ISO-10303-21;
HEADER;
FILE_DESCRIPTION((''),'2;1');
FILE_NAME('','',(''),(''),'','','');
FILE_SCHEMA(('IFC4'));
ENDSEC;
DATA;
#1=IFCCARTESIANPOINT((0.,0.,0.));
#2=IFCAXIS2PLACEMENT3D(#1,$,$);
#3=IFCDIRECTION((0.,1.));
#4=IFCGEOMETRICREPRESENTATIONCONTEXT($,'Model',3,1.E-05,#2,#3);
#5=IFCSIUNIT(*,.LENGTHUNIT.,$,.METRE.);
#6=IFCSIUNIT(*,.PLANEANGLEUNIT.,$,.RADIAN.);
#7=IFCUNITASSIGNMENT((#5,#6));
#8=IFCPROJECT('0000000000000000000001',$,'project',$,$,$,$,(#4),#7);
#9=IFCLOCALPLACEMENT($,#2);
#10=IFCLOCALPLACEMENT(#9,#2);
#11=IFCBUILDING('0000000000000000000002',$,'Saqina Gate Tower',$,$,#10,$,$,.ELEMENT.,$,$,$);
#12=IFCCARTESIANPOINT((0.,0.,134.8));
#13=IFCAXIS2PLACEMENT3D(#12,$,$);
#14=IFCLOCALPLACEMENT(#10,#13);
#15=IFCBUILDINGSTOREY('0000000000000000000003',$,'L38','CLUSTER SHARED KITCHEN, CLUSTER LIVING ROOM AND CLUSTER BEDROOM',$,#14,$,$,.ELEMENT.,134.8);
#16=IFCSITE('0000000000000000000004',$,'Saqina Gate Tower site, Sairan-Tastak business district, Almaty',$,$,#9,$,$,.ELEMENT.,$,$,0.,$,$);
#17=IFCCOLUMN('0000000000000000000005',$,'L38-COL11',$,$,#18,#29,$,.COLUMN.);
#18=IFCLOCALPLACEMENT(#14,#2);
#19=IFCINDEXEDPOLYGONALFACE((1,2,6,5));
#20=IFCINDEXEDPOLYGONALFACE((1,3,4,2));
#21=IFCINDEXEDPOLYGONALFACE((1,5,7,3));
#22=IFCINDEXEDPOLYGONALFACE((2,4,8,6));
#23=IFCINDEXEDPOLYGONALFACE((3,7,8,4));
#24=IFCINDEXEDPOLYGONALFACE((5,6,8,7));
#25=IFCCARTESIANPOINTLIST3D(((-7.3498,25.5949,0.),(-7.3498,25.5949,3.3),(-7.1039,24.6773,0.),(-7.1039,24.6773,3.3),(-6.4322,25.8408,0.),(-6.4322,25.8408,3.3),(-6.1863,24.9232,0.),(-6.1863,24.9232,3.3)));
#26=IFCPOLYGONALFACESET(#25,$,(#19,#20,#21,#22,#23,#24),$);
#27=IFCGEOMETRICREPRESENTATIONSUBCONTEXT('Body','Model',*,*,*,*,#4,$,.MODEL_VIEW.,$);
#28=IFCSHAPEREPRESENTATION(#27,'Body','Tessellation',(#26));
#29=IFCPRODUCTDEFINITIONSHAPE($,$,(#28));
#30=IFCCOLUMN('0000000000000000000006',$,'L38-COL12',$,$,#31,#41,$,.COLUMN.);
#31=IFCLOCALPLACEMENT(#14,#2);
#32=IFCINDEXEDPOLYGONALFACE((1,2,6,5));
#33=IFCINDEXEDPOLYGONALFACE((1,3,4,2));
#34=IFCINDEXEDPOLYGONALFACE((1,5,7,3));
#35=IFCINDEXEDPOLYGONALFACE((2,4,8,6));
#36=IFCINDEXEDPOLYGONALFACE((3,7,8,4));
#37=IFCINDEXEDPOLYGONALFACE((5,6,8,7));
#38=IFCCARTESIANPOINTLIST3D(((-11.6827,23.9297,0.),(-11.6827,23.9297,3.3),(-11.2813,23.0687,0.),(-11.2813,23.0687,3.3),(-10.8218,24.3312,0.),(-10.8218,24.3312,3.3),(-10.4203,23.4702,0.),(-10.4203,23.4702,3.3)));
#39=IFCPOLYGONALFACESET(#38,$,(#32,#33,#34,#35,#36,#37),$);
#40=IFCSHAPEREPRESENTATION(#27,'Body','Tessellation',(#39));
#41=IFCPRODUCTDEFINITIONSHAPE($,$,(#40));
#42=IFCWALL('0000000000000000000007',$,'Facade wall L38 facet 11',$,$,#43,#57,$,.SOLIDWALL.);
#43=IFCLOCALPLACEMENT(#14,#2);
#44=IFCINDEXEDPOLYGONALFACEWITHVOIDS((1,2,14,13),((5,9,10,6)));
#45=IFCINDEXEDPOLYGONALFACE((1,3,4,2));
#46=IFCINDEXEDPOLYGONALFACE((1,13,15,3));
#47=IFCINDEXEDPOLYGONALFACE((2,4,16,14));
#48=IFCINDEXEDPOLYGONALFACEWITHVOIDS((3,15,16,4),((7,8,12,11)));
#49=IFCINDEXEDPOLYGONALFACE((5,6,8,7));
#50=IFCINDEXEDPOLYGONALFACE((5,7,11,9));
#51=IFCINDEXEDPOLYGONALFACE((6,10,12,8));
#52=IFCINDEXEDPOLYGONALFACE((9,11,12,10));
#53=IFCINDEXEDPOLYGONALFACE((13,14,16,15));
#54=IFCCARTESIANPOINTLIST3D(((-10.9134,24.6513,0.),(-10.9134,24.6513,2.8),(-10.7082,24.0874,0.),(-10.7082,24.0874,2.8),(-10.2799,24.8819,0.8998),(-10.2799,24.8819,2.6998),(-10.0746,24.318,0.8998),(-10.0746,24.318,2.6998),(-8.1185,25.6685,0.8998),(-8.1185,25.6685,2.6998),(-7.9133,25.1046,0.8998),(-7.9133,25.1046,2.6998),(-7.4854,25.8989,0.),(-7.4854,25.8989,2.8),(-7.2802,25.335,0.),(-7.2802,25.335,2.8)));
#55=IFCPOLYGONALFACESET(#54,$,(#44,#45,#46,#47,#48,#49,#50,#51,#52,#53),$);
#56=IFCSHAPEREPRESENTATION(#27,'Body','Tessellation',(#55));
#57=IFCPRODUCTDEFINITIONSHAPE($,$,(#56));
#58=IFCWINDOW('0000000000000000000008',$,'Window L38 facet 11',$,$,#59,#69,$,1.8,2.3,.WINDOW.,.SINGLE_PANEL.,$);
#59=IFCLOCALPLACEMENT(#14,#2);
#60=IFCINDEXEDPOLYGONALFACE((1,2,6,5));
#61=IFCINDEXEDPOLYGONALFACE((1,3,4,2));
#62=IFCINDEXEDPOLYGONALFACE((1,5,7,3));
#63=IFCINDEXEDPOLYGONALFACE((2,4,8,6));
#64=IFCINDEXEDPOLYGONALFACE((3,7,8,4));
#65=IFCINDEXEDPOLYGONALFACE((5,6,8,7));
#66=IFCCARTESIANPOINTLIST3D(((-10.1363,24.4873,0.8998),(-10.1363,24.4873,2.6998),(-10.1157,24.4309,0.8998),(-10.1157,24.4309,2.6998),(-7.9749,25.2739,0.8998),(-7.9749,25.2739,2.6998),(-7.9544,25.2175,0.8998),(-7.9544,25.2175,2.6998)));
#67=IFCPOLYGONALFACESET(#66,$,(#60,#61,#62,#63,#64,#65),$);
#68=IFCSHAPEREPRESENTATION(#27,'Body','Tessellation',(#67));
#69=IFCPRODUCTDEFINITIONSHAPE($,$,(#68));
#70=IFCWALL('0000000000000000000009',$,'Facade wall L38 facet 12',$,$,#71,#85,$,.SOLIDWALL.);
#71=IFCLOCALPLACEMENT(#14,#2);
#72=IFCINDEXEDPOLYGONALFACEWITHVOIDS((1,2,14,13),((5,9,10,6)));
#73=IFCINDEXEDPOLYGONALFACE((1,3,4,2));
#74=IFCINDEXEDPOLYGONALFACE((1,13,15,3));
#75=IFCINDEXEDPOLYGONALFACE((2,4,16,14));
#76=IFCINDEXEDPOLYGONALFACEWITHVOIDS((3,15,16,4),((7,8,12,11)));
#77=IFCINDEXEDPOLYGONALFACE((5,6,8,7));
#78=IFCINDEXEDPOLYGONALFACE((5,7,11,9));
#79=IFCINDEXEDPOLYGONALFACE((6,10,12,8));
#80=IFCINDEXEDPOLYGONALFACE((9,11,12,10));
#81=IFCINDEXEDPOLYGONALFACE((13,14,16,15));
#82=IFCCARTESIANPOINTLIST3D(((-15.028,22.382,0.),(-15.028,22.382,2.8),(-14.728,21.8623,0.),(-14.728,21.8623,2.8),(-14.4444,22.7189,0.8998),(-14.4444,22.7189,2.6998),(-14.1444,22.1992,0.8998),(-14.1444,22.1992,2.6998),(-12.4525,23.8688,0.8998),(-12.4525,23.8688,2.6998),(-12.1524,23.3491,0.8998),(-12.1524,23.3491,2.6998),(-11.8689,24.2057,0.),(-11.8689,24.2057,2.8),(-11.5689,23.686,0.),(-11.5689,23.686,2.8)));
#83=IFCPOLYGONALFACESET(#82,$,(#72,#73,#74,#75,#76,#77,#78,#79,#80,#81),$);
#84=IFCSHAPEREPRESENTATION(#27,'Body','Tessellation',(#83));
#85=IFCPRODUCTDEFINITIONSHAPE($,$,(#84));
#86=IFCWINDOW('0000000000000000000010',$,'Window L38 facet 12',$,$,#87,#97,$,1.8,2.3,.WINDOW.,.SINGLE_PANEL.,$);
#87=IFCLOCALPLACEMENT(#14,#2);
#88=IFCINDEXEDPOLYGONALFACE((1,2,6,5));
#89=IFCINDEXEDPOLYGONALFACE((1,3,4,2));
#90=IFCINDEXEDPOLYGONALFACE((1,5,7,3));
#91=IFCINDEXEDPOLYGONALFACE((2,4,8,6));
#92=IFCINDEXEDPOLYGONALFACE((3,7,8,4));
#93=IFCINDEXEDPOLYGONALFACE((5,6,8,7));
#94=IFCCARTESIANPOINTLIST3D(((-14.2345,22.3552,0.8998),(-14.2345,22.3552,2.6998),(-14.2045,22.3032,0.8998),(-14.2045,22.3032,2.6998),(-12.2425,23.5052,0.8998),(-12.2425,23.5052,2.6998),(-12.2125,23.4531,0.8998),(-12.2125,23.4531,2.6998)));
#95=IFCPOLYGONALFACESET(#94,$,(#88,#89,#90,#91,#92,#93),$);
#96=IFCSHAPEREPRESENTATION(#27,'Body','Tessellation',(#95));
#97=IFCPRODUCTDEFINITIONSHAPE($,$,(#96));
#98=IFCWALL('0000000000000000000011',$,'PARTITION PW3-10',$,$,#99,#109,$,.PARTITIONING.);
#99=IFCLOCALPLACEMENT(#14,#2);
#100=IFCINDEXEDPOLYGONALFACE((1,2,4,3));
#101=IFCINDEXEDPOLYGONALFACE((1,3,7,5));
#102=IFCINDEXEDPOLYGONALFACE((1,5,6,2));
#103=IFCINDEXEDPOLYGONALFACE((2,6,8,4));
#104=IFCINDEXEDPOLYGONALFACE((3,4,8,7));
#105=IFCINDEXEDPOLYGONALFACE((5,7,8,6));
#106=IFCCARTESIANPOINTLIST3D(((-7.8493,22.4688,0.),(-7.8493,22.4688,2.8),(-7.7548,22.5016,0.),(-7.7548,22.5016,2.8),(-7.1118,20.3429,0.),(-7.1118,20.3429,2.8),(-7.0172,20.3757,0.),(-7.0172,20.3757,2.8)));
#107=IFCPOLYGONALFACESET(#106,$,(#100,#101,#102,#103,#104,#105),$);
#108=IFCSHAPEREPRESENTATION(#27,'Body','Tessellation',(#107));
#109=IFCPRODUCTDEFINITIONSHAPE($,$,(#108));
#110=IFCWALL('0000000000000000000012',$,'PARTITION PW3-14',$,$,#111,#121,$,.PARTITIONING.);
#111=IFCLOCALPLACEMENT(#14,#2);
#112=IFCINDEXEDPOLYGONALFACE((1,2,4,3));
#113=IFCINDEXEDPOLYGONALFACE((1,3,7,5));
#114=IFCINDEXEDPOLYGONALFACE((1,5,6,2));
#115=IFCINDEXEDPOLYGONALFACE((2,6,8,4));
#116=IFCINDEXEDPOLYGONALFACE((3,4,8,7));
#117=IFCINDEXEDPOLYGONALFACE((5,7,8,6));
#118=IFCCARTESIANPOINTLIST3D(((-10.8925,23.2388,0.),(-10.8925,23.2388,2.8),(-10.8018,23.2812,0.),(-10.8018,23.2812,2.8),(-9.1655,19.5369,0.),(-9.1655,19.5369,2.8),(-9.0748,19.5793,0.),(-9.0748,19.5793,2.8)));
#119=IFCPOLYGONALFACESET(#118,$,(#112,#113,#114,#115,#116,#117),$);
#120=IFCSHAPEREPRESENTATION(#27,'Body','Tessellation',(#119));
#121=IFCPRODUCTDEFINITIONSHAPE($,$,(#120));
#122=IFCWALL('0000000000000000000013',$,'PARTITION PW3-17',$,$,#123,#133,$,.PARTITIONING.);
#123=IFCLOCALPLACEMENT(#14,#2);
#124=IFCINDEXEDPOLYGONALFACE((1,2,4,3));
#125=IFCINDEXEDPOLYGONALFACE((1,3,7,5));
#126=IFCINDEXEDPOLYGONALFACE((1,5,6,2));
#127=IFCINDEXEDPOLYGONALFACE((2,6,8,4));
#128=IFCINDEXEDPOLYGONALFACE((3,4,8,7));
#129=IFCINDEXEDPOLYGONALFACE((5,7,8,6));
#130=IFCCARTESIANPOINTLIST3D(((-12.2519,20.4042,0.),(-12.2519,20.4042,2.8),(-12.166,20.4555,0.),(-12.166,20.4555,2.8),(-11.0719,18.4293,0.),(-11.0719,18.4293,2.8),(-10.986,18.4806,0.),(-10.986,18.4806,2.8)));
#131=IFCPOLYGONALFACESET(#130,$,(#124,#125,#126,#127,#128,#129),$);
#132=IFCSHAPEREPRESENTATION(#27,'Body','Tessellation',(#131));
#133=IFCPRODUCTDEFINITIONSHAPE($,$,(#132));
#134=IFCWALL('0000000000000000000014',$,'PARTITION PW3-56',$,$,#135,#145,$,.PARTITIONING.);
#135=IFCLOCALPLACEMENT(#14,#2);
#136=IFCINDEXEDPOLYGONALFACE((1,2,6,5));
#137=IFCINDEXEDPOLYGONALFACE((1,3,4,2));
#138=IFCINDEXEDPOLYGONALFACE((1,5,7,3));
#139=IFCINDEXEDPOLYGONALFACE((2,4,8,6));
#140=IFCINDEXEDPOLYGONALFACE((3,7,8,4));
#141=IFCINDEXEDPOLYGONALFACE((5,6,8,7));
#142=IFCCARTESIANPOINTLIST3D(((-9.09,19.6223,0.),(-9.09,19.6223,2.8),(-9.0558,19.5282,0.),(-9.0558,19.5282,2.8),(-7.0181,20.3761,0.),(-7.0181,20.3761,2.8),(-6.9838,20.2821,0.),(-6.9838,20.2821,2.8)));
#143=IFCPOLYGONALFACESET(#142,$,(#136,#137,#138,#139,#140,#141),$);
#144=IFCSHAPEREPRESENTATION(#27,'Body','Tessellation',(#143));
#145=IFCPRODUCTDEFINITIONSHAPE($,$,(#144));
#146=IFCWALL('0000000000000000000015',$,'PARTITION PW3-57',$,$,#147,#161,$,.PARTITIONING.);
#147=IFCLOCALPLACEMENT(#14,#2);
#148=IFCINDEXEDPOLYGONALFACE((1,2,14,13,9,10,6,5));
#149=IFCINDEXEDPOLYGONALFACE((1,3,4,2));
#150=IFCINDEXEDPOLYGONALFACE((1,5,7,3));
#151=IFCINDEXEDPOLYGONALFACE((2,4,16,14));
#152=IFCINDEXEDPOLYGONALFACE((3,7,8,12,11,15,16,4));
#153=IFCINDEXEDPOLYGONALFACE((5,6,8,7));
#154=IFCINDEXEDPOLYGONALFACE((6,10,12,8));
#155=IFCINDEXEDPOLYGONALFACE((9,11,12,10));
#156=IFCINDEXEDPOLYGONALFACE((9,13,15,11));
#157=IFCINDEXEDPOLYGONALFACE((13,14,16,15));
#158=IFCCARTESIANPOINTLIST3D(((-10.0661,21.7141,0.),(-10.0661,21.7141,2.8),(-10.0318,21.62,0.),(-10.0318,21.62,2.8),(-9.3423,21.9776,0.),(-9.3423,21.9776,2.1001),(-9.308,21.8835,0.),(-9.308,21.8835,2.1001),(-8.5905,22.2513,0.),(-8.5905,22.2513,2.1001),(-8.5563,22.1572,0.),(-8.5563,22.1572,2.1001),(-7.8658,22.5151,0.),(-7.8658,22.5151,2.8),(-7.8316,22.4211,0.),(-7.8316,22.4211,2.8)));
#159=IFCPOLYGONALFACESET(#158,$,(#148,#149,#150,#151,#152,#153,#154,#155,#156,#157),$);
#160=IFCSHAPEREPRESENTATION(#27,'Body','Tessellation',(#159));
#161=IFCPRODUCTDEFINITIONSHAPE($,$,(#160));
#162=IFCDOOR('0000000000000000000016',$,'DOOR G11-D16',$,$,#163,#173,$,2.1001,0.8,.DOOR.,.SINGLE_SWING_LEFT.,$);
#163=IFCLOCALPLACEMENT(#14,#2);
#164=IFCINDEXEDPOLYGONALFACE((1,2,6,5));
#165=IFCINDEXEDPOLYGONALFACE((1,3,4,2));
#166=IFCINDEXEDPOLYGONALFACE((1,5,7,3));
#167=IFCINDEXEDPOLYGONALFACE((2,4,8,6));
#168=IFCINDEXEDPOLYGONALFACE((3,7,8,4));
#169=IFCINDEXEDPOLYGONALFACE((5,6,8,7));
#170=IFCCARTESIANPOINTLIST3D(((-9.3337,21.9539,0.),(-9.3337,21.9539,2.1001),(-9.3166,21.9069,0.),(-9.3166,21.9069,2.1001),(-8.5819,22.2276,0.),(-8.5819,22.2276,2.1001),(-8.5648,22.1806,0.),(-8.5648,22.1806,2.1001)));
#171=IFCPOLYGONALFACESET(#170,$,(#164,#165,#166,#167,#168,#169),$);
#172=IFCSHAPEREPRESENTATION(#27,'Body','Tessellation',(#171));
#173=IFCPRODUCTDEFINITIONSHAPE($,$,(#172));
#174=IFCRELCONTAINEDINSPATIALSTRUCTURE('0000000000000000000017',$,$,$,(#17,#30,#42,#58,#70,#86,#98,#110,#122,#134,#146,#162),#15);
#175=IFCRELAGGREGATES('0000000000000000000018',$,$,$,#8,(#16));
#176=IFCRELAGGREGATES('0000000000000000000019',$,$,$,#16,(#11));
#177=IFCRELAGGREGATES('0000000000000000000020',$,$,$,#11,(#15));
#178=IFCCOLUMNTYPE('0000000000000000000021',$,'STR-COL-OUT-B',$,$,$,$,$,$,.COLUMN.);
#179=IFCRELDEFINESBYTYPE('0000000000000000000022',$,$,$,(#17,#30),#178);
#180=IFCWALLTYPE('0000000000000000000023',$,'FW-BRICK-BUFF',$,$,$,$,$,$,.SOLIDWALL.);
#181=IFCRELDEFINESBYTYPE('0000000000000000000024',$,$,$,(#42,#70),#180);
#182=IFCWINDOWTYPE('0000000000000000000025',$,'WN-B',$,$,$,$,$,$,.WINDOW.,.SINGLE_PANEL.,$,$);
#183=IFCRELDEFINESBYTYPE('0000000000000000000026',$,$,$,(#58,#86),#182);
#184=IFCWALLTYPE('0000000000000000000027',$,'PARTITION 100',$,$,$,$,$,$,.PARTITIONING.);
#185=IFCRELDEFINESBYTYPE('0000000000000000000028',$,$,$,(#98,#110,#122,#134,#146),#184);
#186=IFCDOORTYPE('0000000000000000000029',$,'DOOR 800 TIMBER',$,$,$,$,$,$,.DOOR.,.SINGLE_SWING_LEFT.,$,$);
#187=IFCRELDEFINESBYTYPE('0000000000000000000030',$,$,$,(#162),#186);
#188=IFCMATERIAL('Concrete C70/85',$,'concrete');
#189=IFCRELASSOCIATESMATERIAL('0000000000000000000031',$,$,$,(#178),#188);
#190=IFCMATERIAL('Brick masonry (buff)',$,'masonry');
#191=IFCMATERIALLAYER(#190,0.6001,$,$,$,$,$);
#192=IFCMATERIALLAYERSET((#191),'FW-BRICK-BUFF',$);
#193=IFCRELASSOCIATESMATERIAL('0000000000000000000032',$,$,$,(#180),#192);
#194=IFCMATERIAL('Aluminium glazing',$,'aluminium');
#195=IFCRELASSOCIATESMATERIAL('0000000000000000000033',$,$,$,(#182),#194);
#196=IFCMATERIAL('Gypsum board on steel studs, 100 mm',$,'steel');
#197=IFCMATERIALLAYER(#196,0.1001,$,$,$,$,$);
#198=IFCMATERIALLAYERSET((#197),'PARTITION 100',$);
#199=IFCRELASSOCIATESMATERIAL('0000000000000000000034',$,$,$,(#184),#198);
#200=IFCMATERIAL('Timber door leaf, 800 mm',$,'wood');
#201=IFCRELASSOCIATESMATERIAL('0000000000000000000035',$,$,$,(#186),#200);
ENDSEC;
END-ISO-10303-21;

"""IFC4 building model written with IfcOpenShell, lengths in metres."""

from ifc_helpers import new_model, si_unit, direction, frame, frame_2d, origin, origin_2d, place, context, subcontext, project, spatial, rectangle, extrude, material, layer, layer_set, material_profile, profile_set, type_object, element, fill, save


model = new_model("IFC4")

# Units and contexts
model_context = context("Model", 3, precision=1e-05, world=origin(), true_north=direction((0.0, 1.0)))
body_context = subcontext(model_context, "Body", "Model", "MODEL_VIEW")
ifc_project = project(units=[si_unit("LENGTHUNIT", "METRE"), si_unit("PLANEANGLEUNIT", "RADIAN")], contexts=[model_context])

# Site, building, storey
site_placement = place(None, origin())
site = spatial("IfcSite", under=ifc_project, at=site_placement, Name="Saqina Gate Tower site, Sairan-Tastak business district, Almaty", CompositionType="ELEMENT", RefElevation=0.0)
building_placement = place(site_placement, origin())
building = spatial("IfcBuilding", under=site, at=building_placement, Name="Saqina Gate Tower", CompositionType="ELEMENT")
storey_placement = place(building_placement, frame((0.0, 0.0, 134.8)))
storey = spatial("IfcBuildingStorey", under=building, at=storey_placement, Name="L38", Description="CLUSTER SHARED KITCHEN, CLUSTER LIVING ROOM AND CLUSTER BEDROOM", CompositionType="ELEMENT", Elevation=134.8)

# Columns
ifc_material_1 = material(Name="Concrete C70/85", Category="concrete")
ifc_material_profile = material_profile(ifc_material_1, rectangle(XDim=0.95, YDim=0.95, at=origin_2d()), Name="RC 950x950")
ifc_profile_set = profile_set([ifc_material_profile], Name="Concrete C70/85")
column_type = type_object("IfcColumnType", Name="STR-COL-OUT-B", PredefinedType="COLUMN", material=ifc_profile_set)
for number, where, z_axis, x_axis, name in (
    (1, (-6.7681, 25.259, 0.0), (0.0, 0.0, 1.0), (-0.258819, 0.965926, 0.0), "L38-COL11"),
    (2, (-11.0515, 23.7, 0.0), (0.0, 0.0, 1.0), (-0.422618, 0.906308, 0.0), "L38-COL12"),
):
    element("IfcColumn", number, at=place(storey_placement, frame(where, z_axis=z_axis, x_axis=x_axis)), inside=storey, type_object=column_type, Name=name, PredefinedType="COLUMN", context=body_context, shape_type="SweptSolid", body=[
        extrude(rectangle(XDim=0.95, YDim=0.95, at=origin_2d()), origin(), (0.0, 0.0, 1.0), 3.3),
    ])

# Walls, openings, windows
ifc_material_2 = material(Name="Brick masonry (buff)", Category="masonry")
ifc_layer_1 = layer(ifc_material_2, 0.6001)
ifc_layer_set_1 = layer_set([ifc_layer_1], Name="FW-BRICK-BUFF")
wall_type_1 = type_object("IfcWallType", Name="FW-BRICK-BUFF", PredefinedType="SOLIDWALL", material=ifc_layer_set_1)
wall_1_placement = place(storey_placement, frame((-7.3828, 25.6169, 0.0), z_axis=(0.0, 0.0, 1.0), x_axis=(-0.939704, -0.34199, 0.0)))
wall_1 = element("IfcWall", 3, at=wall_1_placement, inside=storey, type_object=wall_type_1, Name="Facade wall L38 facet 11", PredefinedType="SOLIDWALL", context=body_context, shape_type="SweptSolid", body=[
    extrude(rectangle(XDim=3.6479, YDim=0.6001, at=frame_2d((1.824, 0.0))), origin(), (0.0, 0.0, 1.0), 2.8),
])
opening_1_placement = place(wall_1_placement, frame((0.6738, 0.0, 0.8999)))
opening_1 = element("IfcOpeningElement", 4, at=opening_1_placement, cuts=wall_1, PredefinedType="OPENING", context=body_context, shape_type="SweptSolid", body=[
    extrude(rectangle(XDim=2.3, YDim=1.8, at=frame_2d((1.1499, 0.8999))), frame((0.0, 0.312, 0.0), z_axis=(0.0, -1.0, 0.0), x_axis=(1.0, 0.0, 0.0)), (0.0, 0.0, 1.0), 0.624),
])
ifc_material_3 = material(Name="Aluminium glazing", Category="aluminium")
window_type = type_object("IfcWindowType", Name="WN-B", PartitioningType="SINGLE_PANEL", PredefinedType="WINDOW", material=ifc_material_3)
window_1_placement = place(opening_1_placement, origin())
window_1 = element("IfcWindow", 5, at=window_1_placement, inside=storey, type_object=window_type, Name="Window L38 facet 11", OverallHeight=1.8, OverallWidth=2.3, PartitioningType="SINGLE_PANEL", PredefinedType="WINDOW", context=body_context, shape_type="SweptSolid", body=[
    extrude(rectangle(XDim=2.3, YDim=1.8, at=frame_2d((1.1499, 0.8999))), frame((0.0, 0.1799, 0.0), z_axis=(0.0, -1.0, 0.0), x_axis=(1.0, 0.0, 0.0)), (0.0, 0.0, 1.0), 0.0601),
])
fill(opening_1, window_1)
wall_2_placement = place(storey_placement, frame((-11.719, 23.9458, 0.0), z_axis=(0.0, 0.0, 1.0), x_axis=(-0.866052, -0.499954, 0.0)))
wall_2 = element("IfcWall", 6, at=wall_2_placement, inside=storey, type_object=wall_type_1, Name="Facade wall L38 facet 12", PredefinedType="SOLIDWALL", context=body_context, shape_type="SweptSolid", body=[
    extrude(rectangle(XDim=3.6477, YDim=0.6001, at=frame_2d((1.8237, 0.0))), origin(), (0.0, 0.0, 1.0), 2.8),
])
opening_2_placement = place(wall_2_placement, frame((0.6738, 0.0, 0.8999)))
opening_2 = element("IfcOpeningElement", 7, at=opening_2_placement, cuts=wall_2, PredefinedType="OPENING", context=body_context, shape_type="SweptSolid", body=[
    extrude(rectangle(XDim=2.3, YDim=1.8, at=frame_2d((1.1499, 0.8999))), frame((0.0, 0.312, 0.0), z_axis=(0.0, -1.0, 0.0), x_axis=(1.0, 0.0, 0.0)), (0.0, 0.0, 1.0), 0.624),
])
window_2_placement = place(opening_2_placement, origin())
window_2 = element("IfcWindow", 8, at=window_2_placement, inside=storey, type_object=window_type, Name="Window L38 facet 12", OverallHeight=1.8, OverallWidth=2.3, PartitioningType="SINGLE_PANEL", PredefinedType="WINDOW", context=body_context, shape_type="SweptSolid", body=[
    extrude(rectangle(XDim=2.3, YDim=1.8, at=frame_2d((1.1499, 0.8999))), frame((0.0, 0.1799, 0.0), z_axis=(0.0, -1.0, 0.0), x_axis=(1.0, 0.0, 0.0)), (0.0, 0.0, 1.0), 0.0601),
])
fill(opening_2, window_2)

# Walls
ifc_material_4 = material(Name="Gypsum board on steel studs, 100 mm", Category="steel")
ifc_layer_2 = layer(ifc_material_4, 0.1001)
ifc_layer_set_2 = layer_set([ifc_layer_2], Name="PARTITION 100")
wall_type_2 = type_object("IfcWallType", Name="PARTITION 100", PredefinedType="PARTITIONING", material=ifc_layer_set_2)
wall_3_placement = place(storey_placement, frame((-7.802, 22.4851, 0.0), z_axis=(0.0, 0.0, 1.0), x_axis=(0.327759, -0.944761, 0.0)))
element("IfcWall", 9, at=wall_3_placement, inside=storey, type_object=wall_type_2, Name="PARTITION PW3-10", PredefinedType="PARTITIONING", context=body_context, shape_type="SweptSolid", body=[
    extrude(rectangle(XDim=2.2502, YDim=0.1001, at=frame_2d((1.125, 0.0))), origin(), (0.0, 0.0, 1.0), 2.8),
])
wall_4_placement = place(storey_placement, frame((-10.8472, 23.26, 0.0), z_axis=(0.0, 0.0, 1.0), x_axis=(0.422784, -0.90623, 0.0)))
element("IfcWall", 10, at=wall_4_placement, inside=storey, type_object=wall_type_2, Name="PARTITION PW3-14", PredefinedType="PARTITIONING", context=body_context, shape_type="SweptSolid", body=[
    extrude(rectangle(XDim=4.085, YDim=0.1001, at=frame_2d((2.0425, 0.0))), origin(), (0.0, 0.0, 1.0), 2.8),
])
wall_5_placement = place(storey_placement, frame((-12.209, 20.4299, 0.0), z_axis=(0.0, 0.0, 1.0), x_axis=(0.512903, -0.858447, 0.0)))
element("IfcWall", 11, at=wall_5_placement, inside=storey, type_object=wall_type_2, Name="PARTITION PW3-17", PredefinedType="PARTITIONING", context=body_context, shape_type="SweptSolid", body=[
    extrude(rectangle(XDim=2.3005, YDim=0.1001, at=frame_2d((1.1504, 0.0))), origin(), (0.0, 0.0, 1.0), 2.8),
])
wall_6_placement = place(storey_placement, frame((-9.073, 19.5752, 0.0), z_axis=(0.0, 0.0, 1.0), x_axis=(0.939729, 0.341921, 0.0)))
element("IfcWall", 12, at=wall_6_placement, inside=storey, type_object=wall_type_2, Name="PARTITION PW3-56", PredefinedType="PARTITIONING", context=body_context, shape_type="SweptSolid", body=[
    extrude(rectangle(XDim=2.2048, YDim=0.1001, at=frame_2d((1.1025, 0.0))), origin(), (0.0, 0.0, 1.0), 2.8),
])

# Wall, opening, door
wall_7_placement = place(storey_placement, frame((-10.0491, 21.667, 0.0), z_axis=(0.0, 0.0, 1.0), x_axis=(0.939662, 0.342103, 0.0)))
wall_7 = element("IfcWall", 13, at=wall_7_placement, inside=storey, type_object=wall_type_2, Name="PARTITION PW3-57", PredefinedType="PARTITIONING", context=body_context, shape_type="SweptSolid", body=[
    extrude(rectangle(XDim=2.3416, YDim=0.1001, at=frame_2d((1.1709, 0.0))), origin(), (0.0, 0.0, 1.0), 2.8),
])
opening_3_placement = place(wall_7_placement, frame((0.7705, 0.0, 0.0)))
opening_3 = element("IfcOpeningElement", 14, at=opening_3_placement, cuts=wall_7, PredefinedType="OPENING", context=body_context, shape_type="SweptSolid", body=[
    extrude(rectangle(XDim=0.8, YDim=2.1001, at=frame_2d((0.3999, 1.05))), frame((0.0, 0.062, 0.0), z_axis=(0.0, -1.0, 0.0), x_axis=(1.0, 0.0, 0.0)), (0.0, 0.0, 1.0), 0.124),
])
ifc_material_5 = material(Name="Timber door leaf, 800 mm", Category="wood")
door_type_1 = type_object("IfcDoorType", Name="DOOR 800 TIMBER", OperationType="SINGLE_SWING_LEFT", PredefinedType="DOOR", material=ifc_material_5)
door_1_placement = place(opening_3_placement, origin())
door_1 = element("IfcDoor", 15, at=door_1_placement, inside=storey, type_object=door_type_1, Name="DOOR G11-D16", OperationType="SINGLE_SWING_LEFT", OverallHeight=2.1001, OverallWidth=0.8, PredefinedType="DOOR", context=body_context, shape_type="SweptSolid", body=[
    extrude(rectangle(XDim=0.8, YDim=2.1001, at=frame_2d((0.3999, 1.05))), frame((0.0, 0.0249, 0.0), z_axis=(0.0, -1.0, 0.0), x_axis=(1.0, 0.0, 0.0)), (0.0, 0.0, 1.0), 0.05),
])
fill(opening_3, door_1)

save(model, "model.ifc")
